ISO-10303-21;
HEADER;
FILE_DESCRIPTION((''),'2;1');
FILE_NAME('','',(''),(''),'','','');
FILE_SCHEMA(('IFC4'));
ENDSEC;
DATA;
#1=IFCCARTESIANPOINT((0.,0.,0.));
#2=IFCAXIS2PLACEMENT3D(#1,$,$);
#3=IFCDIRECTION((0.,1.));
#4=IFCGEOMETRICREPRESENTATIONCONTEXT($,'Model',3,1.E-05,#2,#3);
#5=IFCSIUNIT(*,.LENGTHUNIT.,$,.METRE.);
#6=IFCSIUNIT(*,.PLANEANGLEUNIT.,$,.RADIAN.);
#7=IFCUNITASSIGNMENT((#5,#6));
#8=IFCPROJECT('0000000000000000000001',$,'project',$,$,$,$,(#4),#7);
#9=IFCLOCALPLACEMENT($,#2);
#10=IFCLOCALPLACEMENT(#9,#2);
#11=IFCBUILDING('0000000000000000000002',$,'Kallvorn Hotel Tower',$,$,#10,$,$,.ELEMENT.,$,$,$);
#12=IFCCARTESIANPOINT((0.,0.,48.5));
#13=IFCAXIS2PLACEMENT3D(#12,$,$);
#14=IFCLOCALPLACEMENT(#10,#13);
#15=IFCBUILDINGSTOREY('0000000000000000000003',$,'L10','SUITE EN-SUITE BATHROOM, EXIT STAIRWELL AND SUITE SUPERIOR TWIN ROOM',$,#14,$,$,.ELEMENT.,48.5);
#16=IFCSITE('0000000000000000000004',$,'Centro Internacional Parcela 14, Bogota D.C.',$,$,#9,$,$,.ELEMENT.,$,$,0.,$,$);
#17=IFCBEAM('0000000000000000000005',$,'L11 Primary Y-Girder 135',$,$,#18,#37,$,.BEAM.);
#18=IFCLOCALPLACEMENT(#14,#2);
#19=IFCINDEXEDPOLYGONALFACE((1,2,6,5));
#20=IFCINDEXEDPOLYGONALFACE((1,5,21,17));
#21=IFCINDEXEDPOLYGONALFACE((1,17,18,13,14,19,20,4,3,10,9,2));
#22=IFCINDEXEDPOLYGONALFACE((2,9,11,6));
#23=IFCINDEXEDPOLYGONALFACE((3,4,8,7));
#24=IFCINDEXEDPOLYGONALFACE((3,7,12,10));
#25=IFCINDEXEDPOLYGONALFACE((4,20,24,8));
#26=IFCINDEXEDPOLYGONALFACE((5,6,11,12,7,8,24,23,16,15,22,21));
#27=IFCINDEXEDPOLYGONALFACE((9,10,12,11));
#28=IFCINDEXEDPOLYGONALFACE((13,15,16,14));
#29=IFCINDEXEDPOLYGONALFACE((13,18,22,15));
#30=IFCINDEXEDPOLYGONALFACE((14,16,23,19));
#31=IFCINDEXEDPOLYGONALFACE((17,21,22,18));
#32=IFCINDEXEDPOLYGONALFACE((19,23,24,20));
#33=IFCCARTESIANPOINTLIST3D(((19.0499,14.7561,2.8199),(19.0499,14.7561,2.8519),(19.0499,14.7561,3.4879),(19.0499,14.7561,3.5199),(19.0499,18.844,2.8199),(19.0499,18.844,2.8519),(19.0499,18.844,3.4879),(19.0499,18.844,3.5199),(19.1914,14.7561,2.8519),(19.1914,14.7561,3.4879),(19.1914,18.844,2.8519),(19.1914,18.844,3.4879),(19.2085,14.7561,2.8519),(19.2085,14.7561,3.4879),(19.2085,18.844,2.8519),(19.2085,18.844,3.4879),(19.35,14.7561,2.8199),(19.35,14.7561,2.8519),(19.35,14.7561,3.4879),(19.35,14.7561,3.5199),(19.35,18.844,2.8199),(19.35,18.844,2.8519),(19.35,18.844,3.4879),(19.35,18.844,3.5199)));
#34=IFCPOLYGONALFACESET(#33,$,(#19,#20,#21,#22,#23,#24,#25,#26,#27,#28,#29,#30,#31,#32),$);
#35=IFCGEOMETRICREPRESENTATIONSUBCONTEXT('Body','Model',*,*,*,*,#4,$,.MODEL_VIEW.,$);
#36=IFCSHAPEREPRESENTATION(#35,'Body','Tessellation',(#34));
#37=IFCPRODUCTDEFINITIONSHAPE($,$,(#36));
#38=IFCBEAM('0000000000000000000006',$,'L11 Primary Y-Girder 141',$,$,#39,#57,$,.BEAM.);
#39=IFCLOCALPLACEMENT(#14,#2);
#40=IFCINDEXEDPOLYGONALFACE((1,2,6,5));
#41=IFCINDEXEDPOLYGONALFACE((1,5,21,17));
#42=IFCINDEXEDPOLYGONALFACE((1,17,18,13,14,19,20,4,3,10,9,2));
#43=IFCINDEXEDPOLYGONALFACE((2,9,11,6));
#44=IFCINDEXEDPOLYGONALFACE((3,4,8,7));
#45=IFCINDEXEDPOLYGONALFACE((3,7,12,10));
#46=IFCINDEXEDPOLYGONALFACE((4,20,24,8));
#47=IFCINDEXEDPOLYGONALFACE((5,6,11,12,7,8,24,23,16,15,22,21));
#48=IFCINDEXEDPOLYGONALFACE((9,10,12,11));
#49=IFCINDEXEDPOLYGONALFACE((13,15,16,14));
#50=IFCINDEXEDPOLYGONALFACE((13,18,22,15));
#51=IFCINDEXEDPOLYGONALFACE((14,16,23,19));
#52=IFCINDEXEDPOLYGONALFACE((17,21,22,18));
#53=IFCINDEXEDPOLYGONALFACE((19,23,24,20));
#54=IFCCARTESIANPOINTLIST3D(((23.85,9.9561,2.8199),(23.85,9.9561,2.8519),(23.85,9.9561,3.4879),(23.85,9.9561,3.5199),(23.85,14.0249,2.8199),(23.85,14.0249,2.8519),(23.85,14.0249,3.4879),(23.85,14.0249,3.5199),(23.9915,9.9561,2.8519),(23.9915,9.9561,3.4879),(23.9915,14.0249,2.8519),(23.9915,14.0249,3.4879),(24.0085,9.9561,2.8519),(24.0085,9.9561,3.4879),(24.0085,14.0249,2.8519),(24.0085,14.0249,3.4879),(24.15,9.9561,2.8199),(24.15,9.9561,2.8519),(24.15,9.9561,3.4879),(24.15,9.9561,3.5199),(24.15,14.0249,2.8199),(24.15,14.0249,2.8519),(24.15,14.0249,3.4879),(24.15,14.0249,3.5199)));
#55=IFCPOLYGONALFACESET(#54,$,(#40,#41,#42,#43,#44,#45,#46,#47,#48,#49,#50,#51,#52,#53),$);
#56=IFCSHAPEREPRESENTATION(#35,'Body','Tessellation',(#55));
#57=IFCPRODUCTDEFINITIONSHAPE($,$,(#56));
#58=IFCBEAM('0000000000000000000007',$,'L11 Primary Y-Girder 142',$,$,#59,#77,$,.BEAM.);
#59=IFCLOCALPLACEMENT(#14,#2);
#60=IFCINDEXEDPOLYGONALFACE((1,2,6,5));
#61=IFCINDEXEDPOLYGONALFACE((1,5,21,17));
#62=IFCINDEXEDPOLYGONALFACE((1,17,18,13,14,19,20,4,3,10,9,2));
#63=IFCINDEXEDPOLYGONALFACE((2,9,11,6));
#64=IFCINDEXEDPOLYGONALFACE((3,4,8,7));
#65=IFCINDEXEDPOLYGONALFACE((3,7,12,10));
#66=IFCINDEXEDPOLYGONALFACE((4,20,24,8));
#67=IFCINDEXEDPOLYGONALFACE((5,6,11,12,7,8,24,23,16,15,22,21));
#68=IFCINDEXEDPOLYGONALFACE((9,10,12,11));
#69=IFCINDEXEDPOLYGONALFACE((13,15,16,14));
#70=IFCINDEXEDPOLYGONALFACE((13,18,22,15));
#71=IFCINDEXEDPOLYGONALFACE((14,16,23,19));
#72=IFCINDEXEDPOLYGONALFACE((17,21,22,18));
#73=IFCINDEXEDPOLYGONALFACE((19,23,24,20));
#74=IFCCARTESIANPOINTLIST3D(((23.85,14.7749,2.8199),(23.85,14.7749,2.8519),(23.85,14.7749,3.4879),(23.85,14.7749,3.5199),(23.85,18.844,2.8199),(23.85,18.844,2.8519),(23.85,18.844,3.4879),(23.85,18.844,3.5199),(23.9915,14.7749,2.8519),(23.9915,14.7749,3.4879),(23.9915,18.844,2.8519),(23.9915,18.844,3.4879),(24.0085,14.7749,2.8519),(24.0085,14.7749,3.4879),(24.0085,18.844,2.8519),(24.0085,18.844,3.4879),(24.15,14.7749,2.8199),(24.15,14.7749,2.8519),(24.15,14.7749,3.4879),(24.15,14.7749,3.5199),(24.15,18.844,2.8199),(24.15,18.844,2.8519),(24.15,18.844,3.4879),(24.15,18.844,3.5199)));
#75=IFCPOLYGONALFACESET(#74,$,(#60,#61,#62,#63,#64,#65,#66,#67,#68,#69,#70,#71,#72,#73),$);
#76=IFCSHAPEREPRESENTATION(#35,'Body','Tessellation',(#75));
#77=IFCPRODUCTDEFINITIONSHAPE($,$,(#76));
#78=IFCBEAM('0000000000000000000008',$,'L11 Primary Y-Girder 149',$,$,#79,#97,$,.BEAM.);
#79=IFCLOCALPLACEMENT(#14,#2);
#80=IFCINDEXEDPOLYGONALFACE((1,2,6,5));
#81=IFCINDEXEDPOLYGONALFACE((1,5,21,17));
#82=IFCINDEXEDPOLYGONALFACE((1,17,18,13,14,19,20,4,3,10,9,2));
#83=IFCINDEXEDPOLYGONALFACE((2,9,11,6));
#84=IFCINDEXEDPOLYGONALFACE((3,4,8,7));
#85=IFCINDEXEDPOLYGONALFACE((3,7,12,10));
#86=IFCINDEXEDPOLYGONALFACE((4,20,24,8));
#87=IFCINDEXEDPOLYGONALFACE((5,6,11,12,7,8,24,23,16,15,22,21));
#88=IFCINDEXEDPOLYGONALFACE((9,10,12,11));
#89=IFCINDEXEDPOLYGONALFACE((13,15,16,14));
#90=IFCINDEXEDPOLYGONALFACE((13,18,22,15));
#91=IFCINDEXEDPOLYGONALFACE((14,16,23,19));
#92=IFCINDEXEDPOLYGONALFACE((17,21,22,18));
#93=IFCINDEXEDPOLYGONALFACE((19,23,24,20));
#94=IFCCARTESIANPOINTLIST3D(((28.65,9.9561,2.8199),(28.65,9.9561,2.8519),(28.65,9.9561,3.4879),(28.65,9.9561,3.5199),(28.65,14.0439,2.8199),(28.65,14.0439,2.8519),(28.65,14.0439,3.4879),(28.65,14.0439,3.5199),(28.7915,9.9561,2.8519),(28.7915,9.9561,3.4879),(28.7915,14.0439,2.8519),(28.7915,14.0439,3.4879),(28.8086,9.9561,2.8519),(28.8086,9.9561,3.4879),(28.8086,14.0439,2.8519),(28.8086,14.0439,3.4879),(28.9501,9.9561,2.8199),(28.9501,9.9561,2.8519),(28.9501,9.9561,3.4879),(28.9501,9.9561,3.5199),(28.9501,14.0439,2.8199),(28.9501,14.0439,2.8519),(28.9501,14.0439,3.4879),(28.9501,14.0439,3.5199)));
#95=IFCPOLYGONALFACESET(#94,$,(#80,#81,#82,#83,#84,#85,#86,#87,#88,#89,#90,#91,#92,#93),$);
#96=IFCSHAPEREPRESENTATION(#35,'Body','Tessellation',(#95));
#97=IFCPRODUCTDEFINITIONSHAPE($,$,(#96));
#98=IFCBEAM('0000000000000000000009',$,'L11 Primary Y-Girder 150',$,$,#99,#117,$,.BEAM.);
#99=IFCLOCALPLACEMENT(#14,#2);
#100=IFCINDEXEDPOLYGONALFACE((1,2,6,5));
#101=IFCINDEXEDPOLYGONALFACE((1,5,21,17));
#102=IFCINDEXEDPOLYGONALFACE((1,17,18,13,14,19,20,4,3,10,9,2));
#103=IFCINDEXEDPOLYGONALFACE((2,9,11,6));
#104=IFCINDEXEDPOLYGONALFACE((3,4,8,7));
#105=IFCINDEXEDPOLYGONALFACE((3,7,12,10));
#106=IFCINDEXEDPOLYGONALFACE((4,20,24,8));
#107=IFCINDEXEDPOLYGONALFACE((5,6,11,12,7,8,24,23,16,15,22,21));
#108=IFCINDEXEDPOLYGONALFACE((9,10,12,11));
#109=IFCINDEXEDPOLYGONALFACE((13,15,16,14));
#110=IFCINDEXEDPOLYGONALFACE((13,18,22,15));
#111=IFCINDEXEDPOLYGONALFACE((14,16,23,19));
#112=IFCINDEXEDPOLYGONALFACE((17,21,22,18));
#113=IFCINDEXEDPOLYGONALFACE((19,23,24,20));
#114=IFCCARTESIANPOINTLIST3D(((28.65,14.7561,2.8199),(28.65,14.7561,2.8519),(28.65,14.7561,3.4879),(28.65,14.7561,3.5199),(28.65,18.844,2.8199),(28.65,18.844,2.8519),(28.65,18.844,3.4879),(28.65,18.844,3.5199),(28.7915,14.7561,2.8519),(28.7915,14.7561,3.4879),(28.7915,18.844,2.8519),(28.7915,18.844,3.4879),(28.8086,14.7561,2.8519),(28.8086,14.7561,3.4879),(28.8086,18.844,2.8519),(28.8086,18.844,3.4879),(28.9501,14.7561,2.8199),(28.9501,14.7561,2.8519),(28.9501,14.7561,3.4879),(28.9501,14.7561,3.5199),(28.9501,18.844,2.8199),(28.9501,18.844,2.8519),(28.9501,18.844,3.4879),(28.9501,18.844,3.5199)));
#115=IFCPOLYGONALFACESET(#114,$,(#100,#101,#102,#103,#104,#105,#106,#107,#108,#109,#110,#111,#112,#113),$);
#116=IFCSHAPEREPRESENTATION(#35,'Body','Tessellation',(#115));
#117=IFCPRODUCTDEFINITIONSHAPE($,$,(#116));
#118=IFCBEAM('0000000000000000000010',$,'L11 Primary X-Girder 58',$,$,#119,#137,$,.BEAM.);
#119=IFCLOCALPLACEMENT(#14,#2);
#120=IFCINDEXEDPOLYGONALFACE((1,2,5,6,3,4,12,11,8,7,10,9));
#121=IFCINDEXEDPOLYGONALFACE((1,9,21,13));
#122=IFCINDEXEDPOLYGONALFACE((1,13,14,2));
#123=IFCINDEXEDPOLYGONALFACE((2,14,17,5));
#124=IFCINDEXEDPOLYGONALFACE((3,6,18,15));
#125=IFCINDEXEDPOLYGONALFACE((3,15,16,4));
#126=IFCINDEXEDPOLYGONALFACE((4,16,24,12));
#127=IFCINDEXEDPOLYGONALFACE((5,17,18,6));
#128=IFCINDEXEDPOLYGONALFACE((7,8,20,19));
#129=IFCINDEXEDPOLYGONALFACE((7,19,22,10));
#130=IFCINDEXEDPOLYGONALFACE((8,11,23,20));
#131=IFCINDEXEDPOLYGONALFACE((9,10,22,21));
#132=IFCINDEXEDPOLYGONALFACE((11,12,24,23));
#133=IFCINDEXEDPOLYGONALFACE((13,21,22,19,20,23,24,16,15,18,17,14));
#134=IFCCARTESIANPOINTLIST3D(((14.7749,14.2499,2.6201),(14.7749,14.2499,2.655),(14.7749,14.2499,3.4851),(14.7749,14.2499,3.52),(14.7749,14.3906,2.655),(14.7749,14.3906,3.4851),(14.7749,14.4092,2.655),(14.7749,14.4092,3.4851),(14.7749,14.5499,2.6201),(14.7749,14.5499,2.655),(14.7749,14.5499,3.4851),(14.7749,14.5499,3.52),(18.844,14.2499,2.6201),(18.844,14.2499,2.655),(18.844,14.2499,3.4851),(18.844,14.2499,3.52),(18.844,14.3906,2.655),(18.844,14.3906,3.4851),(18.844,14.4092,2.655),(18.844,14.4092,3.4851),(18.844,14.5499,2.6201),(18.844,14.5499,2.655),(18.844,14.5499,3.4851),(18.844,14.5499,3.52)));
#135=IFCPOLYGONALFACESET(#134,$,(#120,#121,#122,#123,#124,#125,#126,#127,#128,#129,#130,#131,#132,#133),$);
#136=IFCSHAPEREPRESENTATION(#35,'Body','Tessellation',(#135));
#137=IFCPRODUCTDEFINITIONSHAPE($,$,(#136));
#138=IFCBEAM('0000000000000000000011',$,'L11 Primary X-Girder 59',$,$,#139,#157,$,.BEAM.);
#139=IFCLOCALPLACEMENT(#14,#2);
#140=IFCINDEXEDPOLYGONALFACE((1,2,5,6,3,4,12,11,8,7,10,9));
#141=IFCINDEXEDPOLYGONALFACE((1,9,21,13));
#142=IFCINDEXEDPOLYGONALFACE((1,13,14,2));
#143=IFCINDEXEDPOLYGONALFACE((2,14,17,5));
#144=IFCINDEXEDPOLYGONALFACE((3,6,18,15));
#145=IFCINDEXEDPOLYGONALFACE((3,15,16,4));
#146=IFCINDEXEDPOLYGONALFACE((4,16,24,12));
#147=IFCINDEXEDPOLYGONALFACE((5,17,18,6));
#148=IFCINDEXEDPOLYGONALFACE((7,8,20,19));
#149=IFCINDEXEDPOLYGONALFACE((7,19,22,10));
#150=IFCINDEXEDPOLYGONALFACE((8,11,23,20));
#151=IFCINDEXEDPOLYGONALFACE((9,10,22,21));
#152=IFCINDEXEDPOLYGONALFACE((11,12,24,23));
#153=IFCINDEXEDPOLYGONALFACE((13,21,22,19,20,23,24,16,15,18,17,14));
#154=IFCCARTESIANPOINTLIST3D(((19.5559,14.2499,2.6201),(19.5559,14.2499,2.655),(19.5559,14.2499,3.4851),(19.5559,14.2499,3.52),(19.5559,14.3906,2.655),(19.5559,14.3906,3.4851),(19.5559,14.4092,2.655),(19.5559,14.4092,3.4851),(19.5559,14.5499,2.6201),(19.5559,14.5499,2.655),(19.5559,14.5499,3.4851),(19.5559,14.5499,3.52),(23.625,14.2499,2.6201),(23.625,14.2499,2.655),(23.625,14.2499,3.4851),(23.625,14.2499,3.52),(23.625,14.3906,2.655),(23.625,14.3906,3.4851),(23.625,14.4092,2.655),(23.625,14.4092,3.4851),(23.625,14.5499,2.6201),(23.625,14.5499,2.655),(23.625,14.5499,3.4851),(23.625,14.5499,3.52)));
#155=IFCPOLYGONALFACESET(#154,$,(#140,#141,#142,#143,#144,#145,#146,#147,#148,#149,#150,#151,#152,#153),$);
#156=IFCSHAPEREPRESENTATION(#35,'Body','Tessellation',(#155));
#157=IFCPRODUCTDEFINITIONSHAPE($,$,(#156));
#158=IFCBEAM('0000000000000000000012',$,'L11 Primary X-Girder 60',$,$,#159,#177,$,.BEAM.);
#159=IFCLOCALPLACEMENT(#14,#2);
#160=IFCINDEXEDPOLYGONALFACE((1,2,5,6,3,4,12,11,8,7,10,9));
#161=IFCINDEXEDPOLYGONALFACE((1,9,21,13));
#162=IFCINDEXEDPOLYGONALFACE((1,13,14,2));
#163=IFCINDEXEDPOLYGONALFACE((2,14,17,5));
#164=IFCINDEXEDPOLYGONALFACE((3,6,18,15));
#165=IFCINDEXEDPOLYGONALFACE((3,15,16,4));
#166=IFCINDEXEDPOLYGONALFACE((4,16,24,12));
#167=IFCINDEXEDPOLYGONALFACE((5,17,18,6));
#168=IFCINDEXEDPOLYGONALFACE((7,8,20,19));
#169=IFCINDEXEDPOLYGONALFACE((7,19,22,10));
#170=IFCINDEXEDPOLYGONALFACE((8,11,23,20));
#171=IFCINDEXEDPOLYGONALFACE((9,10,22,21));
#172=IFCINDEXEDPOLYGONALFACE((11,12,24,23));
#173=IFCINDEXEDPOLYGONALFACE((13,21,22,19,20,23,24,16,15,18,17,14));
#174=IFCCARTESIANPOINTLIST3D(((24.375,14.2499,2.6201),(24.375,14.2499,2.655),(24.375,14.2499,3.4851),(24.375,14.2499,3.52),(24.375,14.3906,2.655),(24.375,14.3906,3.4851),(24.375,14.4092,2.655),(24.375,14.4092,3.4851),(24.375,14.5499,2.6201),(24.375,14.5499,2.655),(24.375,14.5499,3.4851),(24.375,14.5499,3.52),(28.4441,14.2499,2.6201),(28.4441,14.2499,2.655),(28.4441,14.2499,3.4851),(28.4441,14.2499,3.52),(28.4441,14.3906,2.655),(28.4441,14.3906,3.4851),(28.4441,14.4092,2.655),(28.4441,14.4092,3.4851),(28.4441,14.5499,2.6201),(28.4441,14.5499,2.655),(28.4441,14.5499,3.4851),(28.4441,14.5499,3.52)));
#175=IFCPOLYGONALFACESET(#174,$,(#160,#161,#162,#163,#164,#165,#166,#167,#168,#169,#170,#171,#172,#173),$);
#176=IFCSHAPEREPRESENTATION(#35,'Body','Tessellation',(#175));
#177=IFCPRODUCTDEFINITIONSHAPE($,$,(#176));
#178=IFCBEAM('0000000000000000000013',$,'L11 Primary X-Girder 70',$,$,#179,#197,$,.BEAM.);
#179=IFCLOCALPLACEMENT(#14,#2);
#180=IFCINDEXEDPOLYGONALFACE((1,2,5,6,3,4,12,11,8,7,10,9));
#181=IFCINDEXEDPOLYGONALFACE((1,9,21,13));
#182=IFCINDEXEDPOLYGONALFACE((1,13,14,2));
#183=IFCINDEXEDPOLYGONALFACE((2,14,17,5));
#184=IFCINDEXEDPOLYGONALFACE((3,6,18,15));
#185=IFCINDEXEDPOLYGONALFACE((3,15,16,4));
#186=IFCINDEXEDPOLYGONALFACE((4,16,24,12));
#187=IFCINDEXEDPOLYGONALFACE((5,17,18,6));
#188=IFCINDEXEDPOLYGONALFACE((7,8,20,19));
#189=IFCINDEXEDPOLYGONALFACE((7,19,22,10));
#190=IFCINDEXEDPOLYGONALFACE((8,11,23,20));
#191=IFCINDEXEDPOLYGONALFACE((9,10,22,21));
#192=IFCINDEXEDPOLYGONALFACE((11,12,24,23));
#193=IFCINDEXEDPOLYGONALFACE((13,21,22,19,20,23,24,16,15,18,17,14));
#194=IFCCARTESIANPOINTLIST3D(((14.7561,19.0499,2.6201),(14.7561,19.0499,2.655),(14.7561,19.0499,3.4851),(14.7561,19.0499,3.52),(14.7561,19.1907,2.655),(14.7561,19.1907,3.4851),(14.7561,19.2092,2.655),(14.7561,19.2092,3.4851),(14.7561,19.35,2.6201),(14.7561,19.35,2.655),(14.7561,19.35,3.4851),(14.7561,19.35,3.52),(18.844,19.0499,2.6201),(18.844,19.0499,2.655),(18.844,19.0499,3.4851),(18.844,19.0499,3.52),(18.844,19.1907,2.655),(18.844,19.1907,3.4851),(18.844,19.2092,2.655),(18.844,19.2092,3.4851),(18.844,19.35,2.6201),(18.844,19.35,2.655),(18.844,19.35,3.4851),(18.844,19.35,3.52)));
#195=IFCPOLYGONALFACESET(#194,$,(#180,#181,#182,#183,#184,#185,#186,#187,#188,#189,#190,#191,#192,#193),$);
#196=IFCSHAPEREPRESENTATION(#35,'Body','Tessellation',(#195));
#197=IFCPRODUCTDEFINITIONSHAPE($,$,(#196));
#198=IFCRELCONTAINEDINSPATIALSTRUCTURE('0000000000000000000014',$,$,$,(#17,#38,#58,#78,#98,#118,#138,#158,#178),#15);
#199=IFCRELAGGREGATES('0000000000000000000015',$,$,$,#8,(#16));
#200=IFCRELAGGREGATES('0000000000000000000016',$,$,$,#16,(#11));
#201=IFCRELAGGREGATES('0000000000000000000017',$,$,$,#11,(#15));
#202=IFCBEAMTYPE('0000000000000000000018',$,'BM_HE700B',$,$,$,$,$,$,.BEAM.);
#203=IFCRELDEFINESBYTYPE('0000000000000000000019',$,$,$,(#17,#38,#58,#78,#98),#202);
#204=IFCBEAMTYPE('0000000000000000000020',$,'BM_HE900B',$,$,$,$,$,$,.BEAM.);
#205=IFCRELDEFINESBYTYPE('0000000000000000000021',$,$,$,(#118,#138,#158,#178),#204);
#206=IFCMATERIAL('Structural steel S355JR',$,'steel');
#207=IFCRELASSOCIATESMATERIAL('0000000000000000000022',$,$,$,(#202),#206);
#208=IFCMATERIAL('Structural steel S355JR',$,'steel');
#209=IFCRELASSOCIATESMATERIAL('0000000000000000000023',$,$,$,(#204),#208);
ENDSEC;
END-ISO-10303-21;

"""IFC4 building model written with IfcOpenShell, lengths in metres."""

from ifc_helpers import new_model, si_unit, direction, frame, origin, origin_2d, place, context, subcontext, project, spatial, i_section, extrude, material, material_profile, profile_set, type_object, element, save


model = new_model("IFC4")

# Units and contexts
model_context = context("Model", 3, precision=1e-05, world=origin(), true_north=direction((0.0, 1.0)))
body_context = subcontext(model_context, "Body", "Model", "MODEL_VIEW")
ifc_project = project(units=[si_unit("LENGTHUNIT", "METRE"), si_unit("PLANEANGLEUNIT", "RADIAN")], contexts=[model_context])

# Site, building, storey
site_placement = place(None, origin())
site = spatial("IfcSite", under=ifc_project, at=site_placement, Name="Centro Internacional Parcela 14, Bogota D.C.", CompositionType="ELEMENT", RefElevation=0.0)
building_placement = place(site_placement, origin())
building = spatial("IfcBuilding", under=site, at=building_placement, Name="Kallvorn Hotel Tower", CompositionType="ELEMENT")
storey_placement = place(building_placement, frame((0.0, 0.0, 48.5)))
storey = spatial("IfcBuildingStorey", under=building, at=storey_placement, Name="L10", Description="SUITE EN-SUITE BATHROOM, EXIT STAIRWELL AND SUITE SUPERIOR TWIN ROOM", CompositionType="ELEMENT", Elevation=48.5)

# Beams
ifc_material_1 = material(Name="Structural steel S355JR", Category="steel")
ifc_material_profile_1 = material_profile(ifc_material_1, i_section(OverallWidth=0.3, OverallDepth=0.7, WebThickness=0.0171, FlangeThickness=0.032, at=origin_2d()), Name="HE 700 B")
ifc_profile_set_1 = profile_set([ifc_material_profile_1], Name="Structural steel S355JR")
beam_type_1 = type_object("IfcBeamType", Name="BM_HE700B", PredefinedType="BEAM", material=ifc_profile_set_1)
for number, where, z_axis, x_axis, name in (
    (1, (19.2, 14.7561, 3.1699), (0.0, 1.0, 0.0), (-1.0, 0.0, 0.0), "L11 Primary Y-Girder 135"),
):
    element("IfcBeam", number, at=place(storey_placement, frame(where, z_axis=z_axis, x_axis=x_axis)), inside=storey, type_object=beam_type_1, Name=name, PredefinedType="BEAM", context=body_context, shape_type="SweptSolid", body=[
        extrude(i_section(OverallWidth=0.3, OverallDepth=0.7, WebThickness=0.0171, FlangeThickness=0.032, at=origin_2d()), origin(), (0.0, 0.0, 1.0), 4.0879),
    ])
beam_1_placement = place(storey_placement, frame((24.0, 9.9561, 3.1699), z_axis=(0.0, 1.0, 0.0), x_axis=(-1.0, 0.0, 0.0)))
element("IfcBeam", 2, at=beam_1_placement, inside=storey, type_object=beam_type_1, Name="L11 Primary Y-Girder 141", PredefinedType="BEAM", context=body_context, shape_type="SweptSolid", body=[
    extrude(i_section(OverallWidth=0.3, OverallDepth=0.7, WebThickness=0.0171, FlangeThickness=0.032, at=origin_2d()), origin(), (0.0, 0.0, 1.0), 4.0688),
])
beam_2_placement = place(storey_placement, frame((24.0, 14.7749, 3.1699), z_axis=(0.0, 1.0, 0.0), x_axis=(-1.0, 0.0, 0.0)))
element("IfcBeam", 3, at=beam_2_placement, inside=storey, type_object=beam_type_1, Name="L11 Primary Y-Girder 142", PredefinedType="BEAM", context=body_context, shape_type="SweptSolid", body=[
    extrude(i_section(OverallWidth=0.3, OverallDepth=0.7, WebThickness=0.0171, FlangeThickness=0.032, at=origin_2d()), origin(), (0.0, 0.0, 1.0), 4.0691),
])
for number, where, z_axis, x_axis, name in (
    (4, (28.8, 9.9561, 3.1699), (0.0, 1.0, 0.0), (-1.0, 0.0, 0.0), "L11 Primary Y-Girder 149"),
    (5, (28.8, 14.7561, 3.1699), (0.0, 1.0, 0.0), (-1.0, 0.0, 0.0), "L11 Primary Y-Girder 150"),
):
    element("IfcBeam", number, at=place(storey_placement, frame(where, z_axis=z_axis, x_axis=x_axis)), inside=storey, type_object=beam_type_1, Name=name, PredefinedType="BEAM", context=body_context, shape_type="SweptSolid", body=[
        extrude(i_section(OverallWidth=0.3, OverallDepth=0.7, WebThickness=0.0171, FlangeThickness=0.032, at=origin_2d()), origin(), (0.0, 0.0, 1.0), 4.0879),
    ])
ifc_material_2 = material(Name="Structural steel S355JR", Category="steel")
ifc_material_profile_2 = material_profile(ifc_material_2, i_section(OverallWidth=0.3, OverallDepth=0.8999, WebThickness=0.0186, FlangeThickness=0.0349, at=origin_2d()), Name="HE 900 B")
ifc_profile_set_2 = profile_set([ifc_material_profile_2], Name="Structural steel S355JR")
beam_type_2 = type_object("IfcBeamType", Name="BM_HE900B", PredefinedType="BEAM", material=ifc_profile_set_2)
for number, where, z_axis, x_axis, name in (
    (6, (14.7749, 14.3999, 3.0701), (1.0, 0.0, 0.0), (0.0, 1.0, 0.0), "L11 Primary X-Girder 58"),
    (7, (19.5559, 14.3999, 3.0701), (1.0, 0.0, 0.0), (0.0, 1.0, 0.0), "L11 Primary X-Girder 59"),
    (8, (24.375, 14.3999, 3.0701), (1.0, 0.0, 0.0), (0.0, 1.0, 0.0), "L11 Primary X-Girder 60"),
):
    element("IfcBeam", number, at=place(storey_placement, frame(where, z_axis=z_axis, x_axis=x_axis)), inside=storey, type_object=beam_type_2, Name=name, PredefinedType="BEAM", context=body_context, shape_type="SweptSolid", body=[
        extrude(i_section(OverallWidth=0.3, OverallDepth=0.8999, WebThickness=0.0186, FlangeThickness=0.0349, at=origin_2d()), origin(), (0.0, 0.0, 1.0), 4.0691),
    ])
beam_3_placement = place(storey_placement, frame((14.7561, 19.2, 3.0701), z_axis=(1.0, 0.0, 0.0), x_axis=(0.0, 1.0, 0.0)))
element("IfcBeam", 9, at=beam_3_placement, inside=storey, type_object=beam_type_2, Name="L11 Primary X-Girder 70", PredefinedType="BEAM", context=body_context, shape_type="SweptSolid", body=[
    extrude(i_section(OverallWidth=0.3, OverallDepth=0.8999, WebThickness=0.0186, FlangeThickness=0.0349, at=origin_2d()), origin(), (0.0, 0.0, 1.0), 4.0879),
])

save(model, "model.ifc")
